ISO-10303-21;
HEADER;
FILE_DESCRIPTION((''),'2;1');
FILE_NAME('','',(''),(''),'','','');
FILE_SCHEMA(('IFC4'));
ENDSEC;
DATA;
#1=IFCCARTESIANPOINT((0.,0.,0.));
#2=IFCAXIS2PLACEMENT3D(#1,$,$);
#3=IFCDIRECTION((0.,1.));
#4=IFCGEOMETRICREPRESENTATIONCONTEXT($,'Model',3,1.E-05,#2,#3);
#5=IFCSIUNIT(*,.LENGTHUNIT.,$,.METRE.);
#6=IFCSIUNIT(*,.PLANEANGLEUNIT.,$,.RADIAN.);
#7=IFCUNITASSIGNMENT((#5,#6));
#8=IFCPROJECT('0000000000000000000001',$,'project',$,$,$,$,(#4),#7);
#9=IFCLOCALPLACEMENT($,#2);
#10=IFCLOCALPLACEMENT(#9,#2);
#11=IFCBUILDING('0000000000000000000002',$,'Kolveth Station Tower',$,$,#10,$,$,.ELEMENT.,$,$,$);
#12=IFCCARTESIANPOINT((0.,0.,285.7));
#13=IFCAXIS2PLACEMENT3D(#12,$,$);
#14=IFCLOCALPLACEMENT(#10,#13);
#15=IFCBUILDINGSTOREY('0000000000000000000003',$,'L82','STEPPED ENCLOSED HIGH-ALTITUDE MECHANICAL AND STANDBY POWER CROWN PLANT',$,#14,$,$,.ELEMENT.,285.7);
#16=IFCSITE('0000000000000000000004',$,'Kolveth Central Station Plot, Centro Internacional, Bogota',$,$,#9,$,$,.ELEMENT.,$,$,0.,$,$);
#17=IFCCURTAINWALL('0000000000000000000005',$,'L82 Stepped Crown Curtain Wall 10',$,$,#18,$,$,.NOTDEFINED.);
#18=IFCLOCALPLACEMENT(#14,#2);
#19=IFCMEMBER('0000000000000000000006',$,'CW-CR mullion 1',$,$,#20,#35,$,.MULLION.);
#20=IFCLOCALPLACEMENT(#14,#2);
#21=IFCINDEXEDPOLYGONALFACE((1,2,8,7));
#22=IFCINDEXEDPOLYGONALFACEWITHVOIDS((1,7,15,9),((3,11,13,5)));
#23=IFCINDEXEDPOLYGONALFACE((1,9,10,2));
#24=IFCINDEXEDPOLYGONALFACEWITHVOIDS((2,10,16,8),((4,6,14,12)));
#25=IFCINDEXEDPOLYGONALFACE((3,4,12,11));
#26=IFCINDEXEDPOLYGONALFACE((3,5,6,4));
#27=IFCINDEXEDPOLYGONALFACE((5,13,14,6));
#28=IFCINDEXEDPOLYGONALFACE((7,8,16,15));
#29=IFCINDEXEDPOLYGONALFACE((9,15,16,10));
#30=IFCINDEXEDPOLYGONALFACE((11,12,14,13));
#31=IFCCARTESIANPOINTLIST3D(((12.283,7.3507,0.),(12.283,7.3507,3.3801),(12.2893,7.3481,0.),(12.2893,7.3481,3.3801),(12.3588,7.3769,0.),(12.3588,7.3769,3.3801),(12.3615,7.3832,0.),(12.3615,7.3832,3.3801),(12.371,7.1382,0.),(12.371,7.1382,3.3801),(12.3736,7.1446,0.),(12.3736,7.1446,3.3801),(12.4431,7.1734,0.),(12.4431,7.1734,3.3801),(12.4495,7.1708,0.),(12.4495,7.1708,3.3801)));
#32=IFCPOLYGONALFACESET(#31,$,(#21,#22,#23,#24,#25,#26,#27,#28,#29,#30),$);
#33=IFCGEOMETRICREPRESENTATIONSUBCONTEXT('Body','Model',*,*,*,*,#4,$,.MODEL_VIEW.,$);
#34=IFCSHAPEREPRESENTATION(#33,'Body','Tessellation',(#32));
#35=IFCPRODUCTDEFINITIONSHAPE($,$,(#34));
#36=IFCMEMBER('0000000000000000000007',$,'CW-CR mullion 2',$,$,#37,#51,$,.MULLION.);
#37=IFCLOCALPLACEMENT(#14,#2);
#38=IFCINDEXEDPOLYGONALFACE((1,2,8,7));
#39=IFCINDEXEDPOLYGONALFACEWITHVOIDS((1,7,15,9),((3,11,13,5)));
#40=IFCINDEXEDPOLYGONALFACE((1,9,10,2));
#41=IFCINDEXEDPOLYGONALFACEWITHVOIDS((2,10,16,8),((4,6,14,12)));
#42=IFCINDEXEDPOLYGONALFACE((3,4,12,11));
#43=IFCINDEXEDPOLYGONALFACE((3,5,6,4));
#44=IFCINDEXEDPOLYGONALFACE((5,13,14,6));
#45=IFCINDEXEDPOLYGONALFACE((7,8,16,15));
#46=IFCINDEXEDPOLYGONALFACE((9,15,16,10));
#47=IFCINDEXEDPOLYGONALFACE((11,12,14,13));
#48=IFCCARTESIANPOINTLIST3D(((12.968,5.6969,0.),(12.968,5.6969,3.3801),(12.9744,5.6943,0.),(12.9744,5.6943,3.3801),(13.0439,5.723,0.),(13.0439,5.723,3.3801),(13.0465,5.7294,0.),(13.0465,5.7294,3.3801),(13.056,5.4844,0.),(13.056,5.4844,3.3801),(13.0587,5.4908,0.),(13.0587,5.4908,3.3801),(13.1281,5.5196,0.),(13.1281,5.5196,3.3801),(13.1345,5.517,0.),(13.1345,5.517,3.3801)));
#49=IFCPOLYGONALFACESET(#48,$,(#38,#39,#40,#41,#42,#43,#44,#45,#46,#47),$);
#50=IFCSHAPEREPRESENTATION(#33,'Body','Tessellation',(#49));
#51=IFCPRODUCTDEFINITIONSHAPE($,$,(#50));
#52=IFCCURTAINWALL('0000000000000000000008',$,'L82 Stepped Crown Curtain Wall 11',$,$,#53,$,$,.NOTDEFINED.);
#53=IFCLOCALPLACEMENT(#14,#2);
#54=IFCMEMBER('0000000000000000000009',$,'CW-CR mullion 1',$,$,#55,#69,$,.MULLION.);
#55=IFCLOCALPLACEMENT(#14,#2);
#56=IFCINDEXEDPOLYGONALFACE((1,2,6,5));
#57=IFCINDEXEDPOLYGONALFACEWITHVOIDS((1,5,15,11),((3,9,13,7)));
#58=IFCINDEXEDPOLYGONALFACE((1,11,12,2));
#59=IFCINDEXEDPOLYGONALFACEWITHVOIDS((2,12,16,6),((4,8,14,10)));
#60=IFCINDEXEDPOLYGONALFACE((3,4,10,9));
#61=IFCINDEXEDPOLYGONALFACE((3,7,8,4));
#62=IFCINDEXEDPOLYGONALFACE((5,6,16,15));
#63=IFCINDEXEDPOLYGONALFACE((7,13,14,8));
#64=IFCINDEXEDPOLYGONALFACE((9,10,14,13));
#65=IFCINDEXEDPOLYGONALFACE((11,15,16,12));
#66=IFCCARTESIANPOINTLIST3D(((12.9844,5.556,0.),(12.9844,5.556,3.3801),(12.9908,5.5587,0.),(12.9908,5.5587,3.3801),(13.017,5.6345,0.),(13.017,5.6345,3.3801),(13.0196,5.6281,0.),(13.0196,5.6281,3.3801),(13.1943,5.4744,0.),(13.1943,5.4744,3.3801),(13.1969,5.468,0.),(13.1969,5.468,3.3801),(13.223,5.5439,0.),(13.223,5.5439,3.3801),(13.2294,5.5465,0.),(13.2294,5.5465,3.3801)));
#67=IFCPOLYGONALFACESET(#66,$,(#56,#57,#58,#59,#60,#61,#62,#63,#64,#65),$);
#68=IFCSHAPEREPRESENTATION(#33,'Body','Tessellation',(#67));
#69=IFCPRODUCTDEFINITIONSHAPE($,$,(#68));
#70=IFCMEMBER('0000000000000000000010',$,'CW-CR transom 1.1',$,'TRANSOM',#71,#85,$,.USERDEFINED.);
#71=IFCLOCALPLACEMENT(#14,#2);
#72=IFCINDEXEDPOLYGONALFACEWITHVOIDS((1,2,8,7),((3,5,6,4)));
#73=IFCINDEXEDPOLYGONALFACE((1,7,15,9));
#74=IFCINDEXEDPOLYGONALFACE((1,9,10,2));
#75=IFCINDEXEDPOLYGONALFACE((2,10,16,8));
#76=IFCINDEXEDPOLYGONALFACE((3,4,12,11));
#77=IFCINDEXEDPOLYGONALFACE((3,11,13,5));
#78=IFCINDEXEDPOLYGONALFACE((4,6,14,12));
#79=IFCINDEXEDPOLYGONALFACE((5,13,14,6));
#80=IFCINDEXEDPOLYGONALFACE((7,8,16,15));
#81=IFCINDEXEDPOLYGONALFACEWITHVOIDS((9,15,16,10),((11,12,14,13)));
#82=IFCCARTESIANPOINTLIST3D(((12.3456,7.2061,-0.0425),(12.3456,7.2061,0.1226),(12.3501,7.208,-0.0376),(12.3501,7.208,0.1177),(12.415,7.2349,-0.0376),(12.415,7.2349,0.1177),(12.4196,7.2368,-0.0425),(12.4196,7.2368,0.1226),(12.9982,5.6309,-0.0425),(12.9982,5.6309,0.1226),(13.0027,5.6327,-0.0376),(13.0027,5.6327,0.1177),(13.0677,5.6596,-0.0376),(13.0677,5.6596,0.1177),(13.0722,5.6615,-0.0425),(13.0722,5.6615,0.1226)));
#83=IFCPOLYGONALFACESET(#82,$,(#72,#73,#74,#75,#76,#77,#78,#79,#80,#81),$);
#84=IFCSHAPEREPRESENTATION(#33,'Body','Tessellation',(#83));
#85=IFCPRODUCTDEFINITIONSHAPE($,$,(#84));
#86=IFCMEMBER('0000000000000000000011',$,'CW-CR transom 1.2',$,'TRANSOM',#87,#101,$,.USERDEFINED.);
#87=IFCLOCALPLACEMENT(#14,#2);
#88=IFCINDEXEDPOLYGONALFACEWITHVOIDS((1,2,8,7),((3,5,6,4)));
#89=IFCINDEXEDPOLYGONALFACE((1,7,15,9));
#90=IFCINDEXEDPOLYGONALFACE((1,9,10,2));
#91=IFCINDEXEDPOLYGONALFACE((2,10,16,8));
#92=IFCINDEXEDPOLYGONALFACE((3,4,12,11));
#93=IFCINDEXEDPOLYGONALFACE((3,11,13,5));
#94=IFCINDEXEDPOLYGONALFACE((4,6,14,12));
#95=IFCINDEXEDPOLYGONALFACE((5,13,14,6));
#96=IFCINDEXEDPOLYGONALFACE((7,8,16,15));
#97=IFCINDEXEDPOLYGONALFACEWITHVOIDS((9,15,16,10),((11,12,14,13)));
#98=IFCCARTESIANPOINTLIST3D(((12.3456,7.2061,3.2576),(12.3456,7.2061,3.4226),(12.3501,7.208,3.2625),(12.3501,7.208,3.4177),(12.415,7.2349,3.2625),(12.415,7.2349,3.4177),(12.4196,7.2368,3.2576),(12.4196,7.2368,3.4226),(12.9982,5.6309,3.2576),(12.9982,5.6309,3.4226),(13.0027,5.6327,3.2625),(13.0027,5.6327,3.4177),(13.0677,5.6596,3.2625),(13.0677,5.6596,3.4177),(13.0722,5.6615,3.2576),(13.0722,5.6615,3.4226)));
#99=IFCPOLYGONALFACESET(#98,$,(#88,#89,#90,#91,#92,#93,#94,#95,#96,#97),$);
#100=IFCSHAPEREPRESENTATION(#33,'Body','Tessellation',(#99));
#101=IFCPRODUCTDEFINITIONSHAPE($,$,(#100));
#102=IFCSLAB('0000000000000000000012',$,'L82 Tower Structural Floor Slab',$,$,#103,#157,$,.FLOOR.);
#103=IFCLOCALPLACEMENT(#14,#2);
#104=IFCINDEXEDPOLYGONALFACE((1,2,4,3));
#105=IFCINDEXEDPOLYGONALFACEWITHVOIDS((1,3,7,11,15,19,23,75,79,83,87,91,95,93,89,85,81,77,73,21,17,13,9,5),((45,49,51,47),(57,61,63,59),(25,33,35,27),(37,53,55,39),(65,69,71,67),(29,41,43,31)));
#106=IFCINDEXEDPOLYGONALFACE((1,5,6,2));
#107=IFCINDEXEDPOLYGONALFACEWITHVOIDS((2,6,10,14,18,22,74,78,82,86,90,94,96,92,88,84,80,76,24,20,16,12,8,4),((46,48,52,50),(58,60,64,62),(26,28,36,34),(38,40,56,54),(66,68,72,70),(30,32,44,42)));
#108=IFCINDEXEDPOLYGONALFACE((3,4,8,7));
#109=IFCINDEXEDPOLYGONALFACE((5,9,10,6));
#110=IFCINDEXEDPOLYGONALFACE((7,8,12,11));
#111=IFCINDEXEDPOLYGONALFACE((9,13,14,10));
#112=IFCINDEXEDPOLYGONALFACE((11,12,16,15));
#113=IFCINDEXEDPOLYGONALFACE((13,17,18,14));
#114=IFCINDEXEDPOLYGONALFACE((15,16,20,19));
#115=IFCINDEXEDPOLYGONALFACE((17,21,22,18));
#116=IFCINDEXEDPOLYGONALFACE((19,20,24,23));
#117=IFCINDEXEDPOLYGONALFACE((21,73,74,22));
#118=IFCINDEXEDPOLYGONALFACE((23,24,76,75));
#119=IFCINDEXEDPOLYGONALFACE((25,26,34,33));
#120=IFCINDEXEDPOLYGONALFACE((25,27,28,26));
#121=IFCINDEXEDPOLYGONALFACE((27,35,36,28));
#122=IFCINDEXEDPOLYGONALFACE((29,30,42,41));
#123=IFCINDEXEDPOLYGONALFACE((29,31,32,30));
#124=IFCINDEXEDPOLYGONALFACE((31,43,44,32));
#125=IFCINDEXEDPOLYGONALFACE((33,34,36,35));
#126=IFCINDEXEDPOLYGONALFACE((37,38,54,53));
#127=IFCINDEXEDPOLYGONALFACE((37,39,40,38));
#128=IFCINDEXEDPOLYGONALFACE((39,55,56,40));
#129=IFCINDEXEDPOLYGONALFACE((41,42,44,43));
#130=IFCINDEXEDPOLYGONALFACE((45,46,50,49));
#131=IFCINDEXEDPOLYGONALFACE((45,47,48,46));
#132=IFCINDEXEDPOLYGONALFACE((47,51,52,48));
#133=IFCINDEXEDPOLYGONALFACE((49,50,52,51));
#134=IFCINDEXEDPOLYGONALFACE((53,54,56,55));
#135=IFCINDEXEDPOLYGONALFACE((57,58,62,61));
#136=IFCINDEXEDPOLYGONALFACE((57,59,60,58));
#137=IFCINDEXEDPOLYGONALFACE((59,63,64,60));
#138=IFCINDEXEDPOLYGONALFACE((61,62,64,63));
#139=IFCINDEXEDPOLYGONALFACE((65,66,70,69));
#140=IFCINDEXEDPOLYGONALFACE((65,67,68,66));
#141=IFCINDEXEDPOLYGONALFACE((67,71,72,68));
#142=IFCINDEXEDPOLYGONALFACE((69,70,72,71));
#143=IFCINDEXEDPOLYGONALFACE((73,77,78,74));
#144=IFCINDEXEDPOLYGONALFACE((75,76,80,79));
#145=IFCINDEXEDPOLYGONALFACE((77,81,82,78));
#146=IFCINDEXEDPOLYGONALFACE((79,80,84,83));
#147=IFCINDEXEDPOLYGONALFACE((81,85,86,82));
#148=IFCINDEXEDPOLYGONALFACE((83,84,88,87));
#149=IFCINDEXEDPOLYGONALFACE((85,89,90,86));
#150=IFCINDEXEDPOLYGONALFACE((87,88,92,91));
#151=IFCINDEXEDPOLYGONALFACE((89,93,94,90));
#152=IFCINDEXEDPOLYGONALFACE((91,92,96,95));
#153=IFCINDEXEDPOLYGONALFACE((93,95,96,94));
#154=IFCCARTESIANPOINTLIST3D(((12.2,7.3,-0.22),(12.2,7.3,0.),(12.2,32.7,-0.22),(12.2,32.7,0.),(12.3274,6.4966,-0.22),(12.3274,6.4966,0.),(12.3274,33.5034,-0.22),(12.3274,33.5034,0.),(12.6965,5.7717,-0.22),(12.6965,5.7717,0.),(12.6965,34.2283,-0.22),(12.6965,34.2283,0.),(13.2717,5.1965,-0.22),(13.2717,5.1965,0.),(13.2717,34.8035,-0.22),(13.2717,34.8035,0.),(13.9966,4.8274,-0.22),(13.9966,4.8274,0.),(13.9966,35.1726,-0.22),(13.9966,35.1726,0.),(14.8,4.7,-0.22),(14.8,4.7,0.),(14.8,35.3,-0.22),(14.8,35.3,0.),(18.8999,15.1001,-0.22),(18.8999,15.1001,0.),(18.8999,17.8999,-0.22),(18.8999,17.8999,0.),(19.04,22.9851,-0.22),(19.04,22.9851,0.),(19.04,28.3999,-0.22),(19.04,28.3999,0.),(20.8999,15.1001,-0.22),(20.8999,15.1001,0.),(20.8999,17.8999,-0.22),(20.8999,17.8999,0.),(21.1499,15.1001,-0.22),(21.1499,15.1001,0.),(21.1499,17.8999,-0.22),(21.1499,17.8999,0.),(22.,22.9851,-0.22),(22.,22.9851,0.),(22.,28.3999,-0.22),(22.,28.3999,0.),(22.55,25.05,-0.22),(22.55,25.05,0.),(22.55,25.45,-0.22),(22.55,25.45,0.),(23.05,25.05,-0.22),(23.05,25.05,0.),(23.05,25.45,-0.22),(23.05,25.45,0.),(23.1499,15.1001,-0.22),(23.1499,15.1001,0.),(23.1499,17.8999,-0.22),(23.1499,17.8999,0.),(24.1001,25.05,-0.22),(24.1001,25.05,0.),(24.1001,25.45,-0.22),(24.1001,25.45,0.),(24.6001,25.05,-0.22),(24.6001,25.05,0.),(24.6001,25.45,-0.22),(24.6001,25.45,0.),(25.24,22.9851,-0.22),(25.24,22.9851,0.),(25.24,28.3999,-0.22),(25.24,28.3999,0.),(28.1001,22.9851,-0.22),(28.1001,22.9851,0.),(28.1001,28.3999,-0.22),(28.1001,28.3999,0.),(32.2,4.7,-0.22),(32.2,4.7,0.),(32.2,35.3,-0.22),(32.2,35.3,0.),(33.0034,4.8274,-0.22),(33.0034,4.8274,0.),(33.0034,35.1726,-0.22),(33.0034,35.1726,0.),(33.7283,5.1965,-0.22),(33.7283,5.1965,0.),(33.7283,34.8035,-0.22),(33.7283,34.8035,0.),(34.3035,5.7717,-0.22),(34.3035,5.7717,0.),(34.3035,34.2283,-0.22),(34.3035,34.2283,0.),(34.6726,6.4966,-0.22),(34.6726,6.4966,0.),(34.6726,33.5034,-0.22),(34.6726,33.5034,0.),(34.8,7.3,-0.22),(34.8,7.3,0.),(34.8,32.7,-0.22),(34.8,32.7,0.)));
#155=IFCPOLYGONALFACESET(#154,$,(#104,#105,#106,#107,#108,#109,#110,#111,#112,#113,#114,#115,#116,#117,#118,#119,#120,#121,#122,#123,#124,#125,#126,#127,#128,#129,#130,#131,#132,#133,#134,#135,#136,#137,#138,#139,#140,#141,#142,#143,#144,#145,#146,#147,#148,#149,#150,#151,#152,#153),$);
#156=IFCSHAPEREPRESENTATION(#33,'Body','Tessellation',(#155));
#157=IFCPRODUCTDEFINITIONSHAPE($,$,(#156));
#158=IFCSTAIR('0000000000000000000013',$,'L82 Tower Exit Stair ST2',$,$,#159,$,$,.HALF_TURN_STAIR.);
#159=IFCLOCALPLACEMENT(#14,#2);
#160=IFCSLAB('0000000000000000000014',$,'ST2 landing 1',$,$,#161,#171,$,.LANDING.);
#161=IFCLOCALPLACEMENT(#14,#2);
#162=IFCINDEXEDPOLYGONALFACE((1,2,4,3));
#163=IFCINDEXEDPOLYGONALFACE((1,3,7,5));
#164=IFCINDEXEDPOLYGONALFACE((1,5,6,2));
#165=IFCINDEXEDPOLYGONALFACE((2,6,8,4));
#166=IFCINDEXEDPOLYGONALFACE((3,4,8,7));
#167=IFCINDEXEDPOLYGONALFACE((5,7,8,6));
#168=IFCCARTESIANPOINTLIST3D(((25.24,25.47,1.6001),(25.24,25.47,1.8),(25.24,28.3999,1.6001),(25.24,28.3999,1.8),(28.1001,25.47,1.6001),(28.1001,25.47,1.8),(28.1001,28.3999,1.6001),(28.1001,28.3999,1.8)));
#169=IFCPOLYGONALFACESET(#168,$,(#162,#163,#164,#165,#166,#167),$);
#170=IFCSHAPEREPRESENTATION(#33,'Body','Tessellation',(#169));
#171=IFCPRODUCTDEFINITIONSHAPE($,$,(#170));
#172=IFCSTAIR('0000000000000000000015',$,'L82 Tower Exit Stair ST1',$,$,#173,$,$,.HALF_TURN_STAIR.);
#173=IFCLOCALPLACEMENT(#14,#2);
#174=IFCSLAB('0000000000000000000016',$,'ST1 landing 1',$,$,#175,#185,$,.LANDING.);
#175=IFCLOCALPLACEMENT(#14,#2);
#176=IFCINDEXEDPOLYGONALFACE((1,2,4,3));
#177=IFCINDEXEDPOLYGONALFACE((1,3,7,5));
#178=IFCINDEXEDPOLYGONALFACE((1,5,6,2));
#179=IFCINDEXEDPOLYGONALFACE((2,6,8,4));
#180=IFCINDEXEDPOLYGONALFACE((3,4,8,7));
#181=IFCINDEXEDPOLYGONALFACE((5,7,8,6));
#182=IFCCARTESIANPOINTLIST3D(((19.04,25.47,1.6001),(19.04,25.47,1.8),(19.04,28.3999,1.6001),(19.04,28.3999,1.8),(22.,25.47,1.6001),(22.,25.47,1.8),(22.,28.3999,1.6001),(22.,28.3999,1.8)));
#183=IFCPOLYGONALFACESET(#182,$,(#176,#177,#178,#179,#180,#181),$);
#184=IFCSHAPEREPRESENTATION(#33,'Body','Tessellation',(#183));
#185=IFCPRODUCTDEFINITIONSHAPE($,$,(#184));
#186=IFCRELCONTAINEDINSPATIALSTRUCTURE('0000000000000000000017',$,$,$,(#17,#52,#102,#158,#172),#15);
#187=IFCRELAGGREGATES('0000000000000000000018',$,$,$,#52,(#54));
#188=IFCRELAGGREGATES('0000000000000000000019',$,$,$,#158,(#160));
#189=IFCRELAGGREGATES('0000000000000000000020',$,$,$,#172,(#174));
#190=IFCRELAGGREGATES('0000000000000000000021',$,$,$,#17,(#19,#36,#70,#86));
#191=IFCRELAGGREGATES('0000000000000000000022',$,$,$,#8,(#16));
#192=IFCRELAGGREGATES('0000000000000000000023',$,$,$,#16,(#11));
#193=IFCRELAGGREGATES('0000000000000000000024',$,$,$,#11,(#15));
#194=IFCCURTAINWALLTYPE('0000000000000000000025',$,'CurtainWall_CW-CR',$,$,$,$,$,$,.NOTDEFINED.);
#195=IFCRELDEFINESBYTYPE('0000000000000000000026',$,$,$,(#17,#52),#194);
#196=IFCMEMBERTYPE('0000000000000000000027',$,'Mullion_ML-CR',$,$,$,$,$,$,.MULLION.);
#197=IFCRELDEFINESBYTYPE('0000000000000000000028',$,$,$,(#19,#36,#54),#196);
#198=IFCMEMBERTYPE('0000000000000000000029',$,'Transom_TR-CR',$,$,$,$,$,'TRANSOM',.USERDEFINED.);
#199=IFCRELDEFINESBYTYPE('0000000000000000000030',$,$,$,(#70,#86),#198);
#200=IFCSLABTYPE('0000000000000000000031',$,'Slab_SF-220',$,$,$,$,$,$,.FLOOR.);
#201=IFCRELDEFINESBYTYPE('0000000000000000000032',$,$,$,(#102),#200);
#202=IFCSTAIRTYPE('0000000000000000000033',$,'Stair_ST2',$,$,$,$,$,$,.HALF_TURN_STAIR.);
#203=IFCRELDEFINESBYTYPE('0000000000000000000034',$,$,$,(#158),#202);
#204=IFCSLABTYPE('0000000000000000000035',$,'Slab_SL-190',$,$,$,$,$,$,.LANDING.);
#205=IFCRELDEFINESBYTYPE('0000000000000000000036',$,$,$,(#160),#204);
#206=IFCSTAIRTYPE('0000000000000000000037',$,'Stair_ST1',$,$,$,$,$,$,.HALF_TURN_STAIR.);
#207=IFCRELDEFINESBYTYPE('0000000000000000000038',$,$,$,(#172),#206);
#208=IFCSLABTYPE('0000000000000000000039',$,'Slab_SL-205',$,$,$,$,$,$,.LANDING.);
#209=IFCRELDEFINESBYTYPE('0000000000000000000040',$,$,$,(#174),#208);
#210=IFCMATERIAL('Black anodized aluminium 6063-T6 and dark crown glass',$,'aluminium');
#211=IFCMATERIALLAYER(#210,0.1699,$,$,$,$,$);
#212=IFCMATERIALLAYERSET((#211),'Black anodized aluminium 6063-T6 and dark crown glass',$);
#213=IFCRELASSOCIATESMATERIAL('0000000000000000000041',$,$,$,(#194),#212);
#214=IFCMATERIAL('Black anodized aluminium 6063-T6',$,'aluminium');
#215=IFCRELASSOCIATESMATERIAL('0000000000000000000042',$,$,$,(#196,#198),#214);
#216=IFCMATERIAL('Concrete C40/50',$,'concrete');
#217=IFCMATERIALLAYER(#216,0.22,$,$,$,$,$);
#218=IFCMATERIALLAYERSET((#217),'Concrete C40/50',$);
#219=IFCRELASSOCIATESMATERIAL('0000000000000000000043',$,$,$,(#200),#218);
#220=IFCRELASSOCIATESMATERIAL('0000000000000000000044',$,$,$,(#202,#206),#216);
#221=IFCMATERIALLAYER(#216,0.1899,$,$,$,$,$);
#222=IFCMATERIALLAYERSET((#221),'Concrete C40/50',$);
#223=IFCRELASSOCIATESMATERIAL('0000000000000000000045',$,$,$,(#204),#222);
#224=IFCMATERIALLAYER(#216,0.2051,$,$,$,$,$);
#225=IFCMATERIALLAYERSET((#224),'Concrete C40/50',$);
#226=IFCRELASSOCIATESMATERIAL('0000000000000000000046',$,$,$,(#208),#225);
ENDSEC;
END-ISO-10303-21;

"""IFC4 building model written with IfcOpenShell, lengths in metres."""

from ifc_helpers import new_model, si_unit, direction, frame, origin, origin_2d, place, context, subcontext, project, spatial, polyline, hollow_rectangle, outline, extrude, source, transform, mapped, material, layer, layer_set, material_profile, profile_set, type_object, element, aggregate, save


model = new_model("IFC4")

# Units and contexts
model_context = context("Model", 3, precision=1e-05, world=origin(), true_north=direction((0.0, 1.0)))
body_context = subcontext(model_context, "Body", "Model", "MODEL_VIEW")
ifc_project = project(units=[si_unit("LENGTHUNIT", "METRE"), si_unit("PLANEANGLEUNIT", "RADIAN")], contexts=[model_context])

# Site, building, storey
site_placement = place(None, origin())
site = spatial("IfcSite", under=ifc_project, at=site_placement, Name="Kolveth Central Station Plot, Centro Internacional, Bogota", CompositionType="ELEMENT", RefElevation=0.0)
building_placement = place(site_placement, origin())
building = spatial("IfcBuilding", under=site, at=building_placement, Name="Kolveth Station Tower", CompositionType="ELEMENT")
storey_placement = place(building_placement, frame((0.0, 0.0, 285.7)))
storey = spatial("IfcBuildingStorey", under=building, at=storey_placement, Name="L82", Description="STEPPED ENCLOSED HIGH-ALTITUDE MECHANICAL AND STANDBY POWER CROWN PLANT", CompositionType="ELEMENT", Elevation=285.7)

# Shared definitions
ifc_material_1 = material(Name="Black anodized aluminium 6063-T6 and dark crown glass", Category="aluminium")
ifc_layer_1 = layer(ifc_material_1, 0.1699)
ifc_layer_set_1 = layer_set([ifc_layer_1], Name="Black anodized aluminium 6063-T6 and dark crown glass")
curtain_wall_type = type_object("IfcCurtainWallType", Name="CurtainWall_CW-CR", PredefinedType="NOTDEFINED", material=ifc_layer_set_1)
ifc_material_2 = material(Name="Black anodized aluminium 6063-T6", Category="aluminium")
ifc_material_profile_1 = material_profile(ifc_material_2, hollow_rectangle(XDim=0.085, YDim=0.23, WallThickness=0.0049, at=origin_2d()), Name="ALU-85x230x5")
ifc_profile_set_1 = profile_set([ifc_material_profile_1], Name="Black anodized aluminium 6063-T6")
member_type_1 = type_object("IfcMemberType", Name="Mullion_ML-CR", PredefinedType="MULLION", material=ifc_profile_set_1)
shared_shape_1 = source(origin(), body_context, "Body", "SweptSolid", [
    extrude(hollow_rectangle(XDim=0.085, YDim=0.23, WallThickness=0.0049, at=origin_2d()), origin(), (0.0, 0.0, 1.0), 3.3801),
])

# Curtain wall, members
curtain_wall_1_placement = place(storey_placement, origin())
curtain_wall_1 = element("IfcCurtainWall", 1, at=curtain_wall_1_placement, inside=storey, type_object=curtain_wall_type, Name="L82 Stepped Crown Curtain Wall 10", PredefinedType="NOTDEFINED")
member_1_placement = place(storey_placement, frame((12.3662, 7.2607, 0.0), z_axis=(0.0, 0.0, 1.0), x_axis=(0.923876, 0.382691, 0.0)))
member_1 = element("IfcMember", 2, at=member_1_placement, type_object=member_type_1, Name="CW-CR mullion 1", PredefinedType="MULLION", context=body_context, shape_type="MappedRepresentation", body=[
    mapped(shared_shape_1, transform((0.0, 0.0, 0.0), x_axis=(1.0, 0.0, 0.0), y_axis=(0.0, 1.0, 0.0), z_axis=(0.0, 0.0, 1.0), scale=1.0)),
])
member_2_placement = place(storey_placement, frame((13.0513, 5.6069, 0.0), z_axis=(0.0, 0.0, 1.0), x_axis=(0.923876, 0.382691, 0.0)))
member_2 = element("IfcMember", 3, at=member_2_placement, type_object=member_type_1, Name="CW-CR mullion 2", PredefinedType="MULLION", context=body_context, shape_type="MappedRepresentation", body=[
    mapped(shared_shape_1, transform((0.0, 0.0, 0.0), x_axis=(1.0, 0.0, 0.0), y_axis=(0.0, 1.0, 0.0), z_axis=(0.0, 0.0, 1.0), scale=1.0)),
])

# Curtain wall, member
curtain_wall_2_placement = place(storey_placement, origin())
curtain_wall_2 = element("IfcCurtainWall", 4, at=curtain_wall_2_placement, inside=storey, type_object=curtain_wall_type, Name="L82 Stepped Crown Curtain Wall 11", PredefinedType="NOTDEFINED")
member_3_placement = place(storey_placement, frame((13.1069, 5.5513, 0.0), z_axis=(0.0, 0.0, 1.0), x_axis=(0.382691, 0.923876, 0.0)))
member_3 = element("IfcMember", 5, at=member_3_placement, type_object=member_type_1, Name="CW-CR mullion 1", PredefinedType="MULLION", context=body_context, shape_type="MappedRepresentation", body=[
    mapped(shared_shape_1, transform((0.0, 0.0, 0.0), x_axis=(1.0, 0.0, 0.0), y_axis=(0.0, 1.0, 0.0), z_axis=(0.0, 0.0, 1.0), scale=1.0)),
])
aggregate(curtain_wall_2, [member_3])

# Members
ifc_material_profile_2 = material_profile(ifc_material_2, hollow_rectangle(XDim=0.0801, YDim=0.165, WallThickness=0.0049, at=origin_2d()), Name="ALU-80x165x5")
ifc_profile_set_2 = profile_set([ifc_material_profile_2], Name="Black anodized aluminium 6063-T6")
member_type_2 = type_object("IfcMemberType", Name="Transom_TR-CR", ElementType="TRANSOM", PredefinedType="USERDEFINED", material=ifc_profile_set_2)
shared_shape_2 = source(origin(), body_context, "Body", "SweptSolid", [
    extrude(hollow_rectangle(XDim=0.0801, YDim=0.165, WallThickness=0.0049, at=origin_2d()), origin(), (0.0, 0.0, 1.0), 1.7051),
])
member_4_placement = place(storey_placement, frame((12.3826, 7.2214, 0.04), z_axis=(0.382744, -0.923855, 0.0), x_axis=(0.923855, 0.382744, 0.0)))
member_4 = element("IfcMember", 6, at=member_4_placement, type_object=member_type_2, Name="CW-CR transom 1.1", ObjectType="TRANSOM", PredefinedType="USERDEFINED", context=body_context, shape_type="MappedRepresentation", body=[
    mapped(shared_shape_2, transform((0.0, 0.0, 0.0), x_axis=(1.0, 0.0, 0.0), y_axis=(0.0, 1.0, 0.0), z_axis=(0.0, 0.0, 1.0), scale=1.0)),
])
member_5_placement = place(storey_placement, frame((12.3826, 7.2214, 3.3401), z_axis=(0.382744, -0.923855, 0.0), x_axis=(0.923855, 0.382744, 0.0)))
member_5 = element("IfcMember", 7, at=member_5_placement, type_object=member_type_2, Name="CW-CR transom 1.2", ObjectType="TRANSOM", PredefinedType="USERDEFINED", context=body_context, shape_type="MappedRepresentation", body=[
    mapped(shared_shape_2, transform((0.0, 0.0, 0.0), x_axis=(1.0, 0.0, 0.0), y_axis=(0.0, 1.0, 0.0), z_axis=(0.0, 0.0, 1.0), scale=1.0)),
])

# Slab
ifc_material_3 = material(Name="Concrete C40/50", Category="concrete")
ifc_layer_2 = layer(ifc_material_3, 0.22)
ifc_layer_set_2 = layer_set([ifc_layer_2], Name="Concrete C40/50")
slab_type_1 = type_object("IfcSlabType", Name="Slab_SF-220", PredefinedType="FLOOR", material=ifc_layer_set_2)
slab_1_placement = place(storey_placement, frame((0.0, 0.0, -0.22)))
element("IfcSlab", 8, at=slab_1_placement, inside=storey, type_object=slab_type_1, Name="L82 Tower Structural Floor Slab", PredefinedType="FLOOR", context=body_context, shape_type="SweptSolid", body=[
    extrude(outline(polyline([(32.2, 4.7), (33.0034, 4.8274), (33.7283, 5.1965), (34.3035, 5.7717), (34.6726, 6.4966), (34.8, 7.3), (34.8, 32.7), (34.6726, 33.5034), (34.3035, 34.2283), (33.7283, 34.8035), (33.0034, 35.1726), (32.2, 35.3), (14.8, 35.3), (13.9966, 35.1726), (13.2717, 34.8035), (12.6965, 34.2283), (12.3274, 33.5034), (12.2, 32.7), (12.2, 7.3), (12.3274, 6.4966), (12.6965, 5.7717), (13.2717, 5.1965), (13.9966, 4.8274), (14.8, 4.7), (32.2, 4.7)]), holes=[polyline([(19.04, 22.9851), (22.0, 22.9851), (22.0, 28.3999), (19.04, 28.3999), (19.04, 22.9851)]), polyline([(25.24, 22.9851), (28.1001, 22.9851), (28.1001, 28.3999), (25.24, 28.3999), (25.24, 22.9851)]), polyline([(18.8999, 15.1001), (20.8999, 15.1001), (20.8999, 17.8999), (18.8999, 17.8999), (18.8999, 15.1001)]), polyline([(21.1499, 15.1001), (23.1499, 15.1001), (23.1499, 17.8999), (21.1499, 17.8999), (21.1499, 15.1001)]), polyline([(22.55, 25.05), (23.05, 25.05), (23.05, 25.45), (22.55, 25.45), (22.55, 25.05)]), polyline([(24.1001, 25.05), (24.6001, 25.05), (24.6001, 25.45), (24.1001, 25.45), (24.1001, 25.05)])]), origin(), (0.0, 0.0, 1.0), 0.22),
])

# Stairs, slabs
stair_type_1 = type_object("IfcStairType", Name="Stair_ST2", PredefinedType="HALF_TURN_STAIR", material=ifc_material_3)
stair_1_placement = place(storey_placement, origin())
stair_1 = element("IfcStair", 9, at=stair_1_placement, inside=storey, type_object=stair_type_1, Name="L82 Tower Exit Stair ST2", PredefinedType="HALF_TURN_STAIR")
ifc_layer_3 = layer(ifc_material_3, 0.1899)
ifc_layer_set_3 = layer_set([ifc_layer_3], Name="Concrete C40/50")
slab_type_2 = type_object("IfcSlabType", Name="Slab_SL-190", PredefinedType="LANDING", material=ifc_layer_set_3)
slab_2_placement = place(storey_placement, frame((0.0, 0.0, 1.6001)))
slab_2 = element("IfcSlab", 10, at=slab_2_placement, type_object=slab_type_2, Name="ST2 landing 1", PredefinedType="LANDING", context=body_context, shape_type="SweptSolid", body=[
    extrude(outline(polyline([(28.1001, 25.47), (28.1001, 28.3999), (25.24, 28.3999), (25.24, 25.47), (28.1001, 25.47)])), origin(), (0.0, 0.0, 1.0), 0.2),
])
aggregate(stair_1, [slab_2])
stair_type_2 = type_object("IfcStairType", Name="Stair_ST1", PredefinedType="HALF_TURN_STAIR", material=ifc_material_3)
stair_2_placement = place(storey_placement, origin())
stair_2 = element("IfcStair", 11, at=stair_2_placement, inside=storey, type_object=stair_type_2, Name="L82 Tower Exit Stair ST1", PredefinedType="HALF_TURN_STAIR")
ifc_layer_4 = layer(ifc_material_3, 0.2051)
ifc_layer_set_4 = layer_set([ifc_layer_4], Name="Concrete C40/50")
slab_type_3 = type_object("IfcSlabType", Name="Slab_SL-205", PredefinedType="LANDING", material=ifc_layer_set_4)
slab_3_placement = place(storey_placement, frame((0.0, 0.0, 1.6001)))
slab_3 = element("IfcSlab", 12, at=slab_3_placement, type_object=slab_type_3, Name="ST1 landing 1", PredefinedType="LANDING", context=body_context, shape_type="SweptSolid", body=[
    extrude(outline(polyline([(22.0, 25.47), (22.0, 28.3999), (19.04, 28.3999), (19.04, 25.47), (22.0, 25.47)])), origin(), (0.0, 0.0, 1.0), 0.2),
])
aggregate(stair_2, [slab_3])

aggregate(curtain_wall_1, [member_1, member_2, member_4, member_5])

save(model, "model.ifc")
